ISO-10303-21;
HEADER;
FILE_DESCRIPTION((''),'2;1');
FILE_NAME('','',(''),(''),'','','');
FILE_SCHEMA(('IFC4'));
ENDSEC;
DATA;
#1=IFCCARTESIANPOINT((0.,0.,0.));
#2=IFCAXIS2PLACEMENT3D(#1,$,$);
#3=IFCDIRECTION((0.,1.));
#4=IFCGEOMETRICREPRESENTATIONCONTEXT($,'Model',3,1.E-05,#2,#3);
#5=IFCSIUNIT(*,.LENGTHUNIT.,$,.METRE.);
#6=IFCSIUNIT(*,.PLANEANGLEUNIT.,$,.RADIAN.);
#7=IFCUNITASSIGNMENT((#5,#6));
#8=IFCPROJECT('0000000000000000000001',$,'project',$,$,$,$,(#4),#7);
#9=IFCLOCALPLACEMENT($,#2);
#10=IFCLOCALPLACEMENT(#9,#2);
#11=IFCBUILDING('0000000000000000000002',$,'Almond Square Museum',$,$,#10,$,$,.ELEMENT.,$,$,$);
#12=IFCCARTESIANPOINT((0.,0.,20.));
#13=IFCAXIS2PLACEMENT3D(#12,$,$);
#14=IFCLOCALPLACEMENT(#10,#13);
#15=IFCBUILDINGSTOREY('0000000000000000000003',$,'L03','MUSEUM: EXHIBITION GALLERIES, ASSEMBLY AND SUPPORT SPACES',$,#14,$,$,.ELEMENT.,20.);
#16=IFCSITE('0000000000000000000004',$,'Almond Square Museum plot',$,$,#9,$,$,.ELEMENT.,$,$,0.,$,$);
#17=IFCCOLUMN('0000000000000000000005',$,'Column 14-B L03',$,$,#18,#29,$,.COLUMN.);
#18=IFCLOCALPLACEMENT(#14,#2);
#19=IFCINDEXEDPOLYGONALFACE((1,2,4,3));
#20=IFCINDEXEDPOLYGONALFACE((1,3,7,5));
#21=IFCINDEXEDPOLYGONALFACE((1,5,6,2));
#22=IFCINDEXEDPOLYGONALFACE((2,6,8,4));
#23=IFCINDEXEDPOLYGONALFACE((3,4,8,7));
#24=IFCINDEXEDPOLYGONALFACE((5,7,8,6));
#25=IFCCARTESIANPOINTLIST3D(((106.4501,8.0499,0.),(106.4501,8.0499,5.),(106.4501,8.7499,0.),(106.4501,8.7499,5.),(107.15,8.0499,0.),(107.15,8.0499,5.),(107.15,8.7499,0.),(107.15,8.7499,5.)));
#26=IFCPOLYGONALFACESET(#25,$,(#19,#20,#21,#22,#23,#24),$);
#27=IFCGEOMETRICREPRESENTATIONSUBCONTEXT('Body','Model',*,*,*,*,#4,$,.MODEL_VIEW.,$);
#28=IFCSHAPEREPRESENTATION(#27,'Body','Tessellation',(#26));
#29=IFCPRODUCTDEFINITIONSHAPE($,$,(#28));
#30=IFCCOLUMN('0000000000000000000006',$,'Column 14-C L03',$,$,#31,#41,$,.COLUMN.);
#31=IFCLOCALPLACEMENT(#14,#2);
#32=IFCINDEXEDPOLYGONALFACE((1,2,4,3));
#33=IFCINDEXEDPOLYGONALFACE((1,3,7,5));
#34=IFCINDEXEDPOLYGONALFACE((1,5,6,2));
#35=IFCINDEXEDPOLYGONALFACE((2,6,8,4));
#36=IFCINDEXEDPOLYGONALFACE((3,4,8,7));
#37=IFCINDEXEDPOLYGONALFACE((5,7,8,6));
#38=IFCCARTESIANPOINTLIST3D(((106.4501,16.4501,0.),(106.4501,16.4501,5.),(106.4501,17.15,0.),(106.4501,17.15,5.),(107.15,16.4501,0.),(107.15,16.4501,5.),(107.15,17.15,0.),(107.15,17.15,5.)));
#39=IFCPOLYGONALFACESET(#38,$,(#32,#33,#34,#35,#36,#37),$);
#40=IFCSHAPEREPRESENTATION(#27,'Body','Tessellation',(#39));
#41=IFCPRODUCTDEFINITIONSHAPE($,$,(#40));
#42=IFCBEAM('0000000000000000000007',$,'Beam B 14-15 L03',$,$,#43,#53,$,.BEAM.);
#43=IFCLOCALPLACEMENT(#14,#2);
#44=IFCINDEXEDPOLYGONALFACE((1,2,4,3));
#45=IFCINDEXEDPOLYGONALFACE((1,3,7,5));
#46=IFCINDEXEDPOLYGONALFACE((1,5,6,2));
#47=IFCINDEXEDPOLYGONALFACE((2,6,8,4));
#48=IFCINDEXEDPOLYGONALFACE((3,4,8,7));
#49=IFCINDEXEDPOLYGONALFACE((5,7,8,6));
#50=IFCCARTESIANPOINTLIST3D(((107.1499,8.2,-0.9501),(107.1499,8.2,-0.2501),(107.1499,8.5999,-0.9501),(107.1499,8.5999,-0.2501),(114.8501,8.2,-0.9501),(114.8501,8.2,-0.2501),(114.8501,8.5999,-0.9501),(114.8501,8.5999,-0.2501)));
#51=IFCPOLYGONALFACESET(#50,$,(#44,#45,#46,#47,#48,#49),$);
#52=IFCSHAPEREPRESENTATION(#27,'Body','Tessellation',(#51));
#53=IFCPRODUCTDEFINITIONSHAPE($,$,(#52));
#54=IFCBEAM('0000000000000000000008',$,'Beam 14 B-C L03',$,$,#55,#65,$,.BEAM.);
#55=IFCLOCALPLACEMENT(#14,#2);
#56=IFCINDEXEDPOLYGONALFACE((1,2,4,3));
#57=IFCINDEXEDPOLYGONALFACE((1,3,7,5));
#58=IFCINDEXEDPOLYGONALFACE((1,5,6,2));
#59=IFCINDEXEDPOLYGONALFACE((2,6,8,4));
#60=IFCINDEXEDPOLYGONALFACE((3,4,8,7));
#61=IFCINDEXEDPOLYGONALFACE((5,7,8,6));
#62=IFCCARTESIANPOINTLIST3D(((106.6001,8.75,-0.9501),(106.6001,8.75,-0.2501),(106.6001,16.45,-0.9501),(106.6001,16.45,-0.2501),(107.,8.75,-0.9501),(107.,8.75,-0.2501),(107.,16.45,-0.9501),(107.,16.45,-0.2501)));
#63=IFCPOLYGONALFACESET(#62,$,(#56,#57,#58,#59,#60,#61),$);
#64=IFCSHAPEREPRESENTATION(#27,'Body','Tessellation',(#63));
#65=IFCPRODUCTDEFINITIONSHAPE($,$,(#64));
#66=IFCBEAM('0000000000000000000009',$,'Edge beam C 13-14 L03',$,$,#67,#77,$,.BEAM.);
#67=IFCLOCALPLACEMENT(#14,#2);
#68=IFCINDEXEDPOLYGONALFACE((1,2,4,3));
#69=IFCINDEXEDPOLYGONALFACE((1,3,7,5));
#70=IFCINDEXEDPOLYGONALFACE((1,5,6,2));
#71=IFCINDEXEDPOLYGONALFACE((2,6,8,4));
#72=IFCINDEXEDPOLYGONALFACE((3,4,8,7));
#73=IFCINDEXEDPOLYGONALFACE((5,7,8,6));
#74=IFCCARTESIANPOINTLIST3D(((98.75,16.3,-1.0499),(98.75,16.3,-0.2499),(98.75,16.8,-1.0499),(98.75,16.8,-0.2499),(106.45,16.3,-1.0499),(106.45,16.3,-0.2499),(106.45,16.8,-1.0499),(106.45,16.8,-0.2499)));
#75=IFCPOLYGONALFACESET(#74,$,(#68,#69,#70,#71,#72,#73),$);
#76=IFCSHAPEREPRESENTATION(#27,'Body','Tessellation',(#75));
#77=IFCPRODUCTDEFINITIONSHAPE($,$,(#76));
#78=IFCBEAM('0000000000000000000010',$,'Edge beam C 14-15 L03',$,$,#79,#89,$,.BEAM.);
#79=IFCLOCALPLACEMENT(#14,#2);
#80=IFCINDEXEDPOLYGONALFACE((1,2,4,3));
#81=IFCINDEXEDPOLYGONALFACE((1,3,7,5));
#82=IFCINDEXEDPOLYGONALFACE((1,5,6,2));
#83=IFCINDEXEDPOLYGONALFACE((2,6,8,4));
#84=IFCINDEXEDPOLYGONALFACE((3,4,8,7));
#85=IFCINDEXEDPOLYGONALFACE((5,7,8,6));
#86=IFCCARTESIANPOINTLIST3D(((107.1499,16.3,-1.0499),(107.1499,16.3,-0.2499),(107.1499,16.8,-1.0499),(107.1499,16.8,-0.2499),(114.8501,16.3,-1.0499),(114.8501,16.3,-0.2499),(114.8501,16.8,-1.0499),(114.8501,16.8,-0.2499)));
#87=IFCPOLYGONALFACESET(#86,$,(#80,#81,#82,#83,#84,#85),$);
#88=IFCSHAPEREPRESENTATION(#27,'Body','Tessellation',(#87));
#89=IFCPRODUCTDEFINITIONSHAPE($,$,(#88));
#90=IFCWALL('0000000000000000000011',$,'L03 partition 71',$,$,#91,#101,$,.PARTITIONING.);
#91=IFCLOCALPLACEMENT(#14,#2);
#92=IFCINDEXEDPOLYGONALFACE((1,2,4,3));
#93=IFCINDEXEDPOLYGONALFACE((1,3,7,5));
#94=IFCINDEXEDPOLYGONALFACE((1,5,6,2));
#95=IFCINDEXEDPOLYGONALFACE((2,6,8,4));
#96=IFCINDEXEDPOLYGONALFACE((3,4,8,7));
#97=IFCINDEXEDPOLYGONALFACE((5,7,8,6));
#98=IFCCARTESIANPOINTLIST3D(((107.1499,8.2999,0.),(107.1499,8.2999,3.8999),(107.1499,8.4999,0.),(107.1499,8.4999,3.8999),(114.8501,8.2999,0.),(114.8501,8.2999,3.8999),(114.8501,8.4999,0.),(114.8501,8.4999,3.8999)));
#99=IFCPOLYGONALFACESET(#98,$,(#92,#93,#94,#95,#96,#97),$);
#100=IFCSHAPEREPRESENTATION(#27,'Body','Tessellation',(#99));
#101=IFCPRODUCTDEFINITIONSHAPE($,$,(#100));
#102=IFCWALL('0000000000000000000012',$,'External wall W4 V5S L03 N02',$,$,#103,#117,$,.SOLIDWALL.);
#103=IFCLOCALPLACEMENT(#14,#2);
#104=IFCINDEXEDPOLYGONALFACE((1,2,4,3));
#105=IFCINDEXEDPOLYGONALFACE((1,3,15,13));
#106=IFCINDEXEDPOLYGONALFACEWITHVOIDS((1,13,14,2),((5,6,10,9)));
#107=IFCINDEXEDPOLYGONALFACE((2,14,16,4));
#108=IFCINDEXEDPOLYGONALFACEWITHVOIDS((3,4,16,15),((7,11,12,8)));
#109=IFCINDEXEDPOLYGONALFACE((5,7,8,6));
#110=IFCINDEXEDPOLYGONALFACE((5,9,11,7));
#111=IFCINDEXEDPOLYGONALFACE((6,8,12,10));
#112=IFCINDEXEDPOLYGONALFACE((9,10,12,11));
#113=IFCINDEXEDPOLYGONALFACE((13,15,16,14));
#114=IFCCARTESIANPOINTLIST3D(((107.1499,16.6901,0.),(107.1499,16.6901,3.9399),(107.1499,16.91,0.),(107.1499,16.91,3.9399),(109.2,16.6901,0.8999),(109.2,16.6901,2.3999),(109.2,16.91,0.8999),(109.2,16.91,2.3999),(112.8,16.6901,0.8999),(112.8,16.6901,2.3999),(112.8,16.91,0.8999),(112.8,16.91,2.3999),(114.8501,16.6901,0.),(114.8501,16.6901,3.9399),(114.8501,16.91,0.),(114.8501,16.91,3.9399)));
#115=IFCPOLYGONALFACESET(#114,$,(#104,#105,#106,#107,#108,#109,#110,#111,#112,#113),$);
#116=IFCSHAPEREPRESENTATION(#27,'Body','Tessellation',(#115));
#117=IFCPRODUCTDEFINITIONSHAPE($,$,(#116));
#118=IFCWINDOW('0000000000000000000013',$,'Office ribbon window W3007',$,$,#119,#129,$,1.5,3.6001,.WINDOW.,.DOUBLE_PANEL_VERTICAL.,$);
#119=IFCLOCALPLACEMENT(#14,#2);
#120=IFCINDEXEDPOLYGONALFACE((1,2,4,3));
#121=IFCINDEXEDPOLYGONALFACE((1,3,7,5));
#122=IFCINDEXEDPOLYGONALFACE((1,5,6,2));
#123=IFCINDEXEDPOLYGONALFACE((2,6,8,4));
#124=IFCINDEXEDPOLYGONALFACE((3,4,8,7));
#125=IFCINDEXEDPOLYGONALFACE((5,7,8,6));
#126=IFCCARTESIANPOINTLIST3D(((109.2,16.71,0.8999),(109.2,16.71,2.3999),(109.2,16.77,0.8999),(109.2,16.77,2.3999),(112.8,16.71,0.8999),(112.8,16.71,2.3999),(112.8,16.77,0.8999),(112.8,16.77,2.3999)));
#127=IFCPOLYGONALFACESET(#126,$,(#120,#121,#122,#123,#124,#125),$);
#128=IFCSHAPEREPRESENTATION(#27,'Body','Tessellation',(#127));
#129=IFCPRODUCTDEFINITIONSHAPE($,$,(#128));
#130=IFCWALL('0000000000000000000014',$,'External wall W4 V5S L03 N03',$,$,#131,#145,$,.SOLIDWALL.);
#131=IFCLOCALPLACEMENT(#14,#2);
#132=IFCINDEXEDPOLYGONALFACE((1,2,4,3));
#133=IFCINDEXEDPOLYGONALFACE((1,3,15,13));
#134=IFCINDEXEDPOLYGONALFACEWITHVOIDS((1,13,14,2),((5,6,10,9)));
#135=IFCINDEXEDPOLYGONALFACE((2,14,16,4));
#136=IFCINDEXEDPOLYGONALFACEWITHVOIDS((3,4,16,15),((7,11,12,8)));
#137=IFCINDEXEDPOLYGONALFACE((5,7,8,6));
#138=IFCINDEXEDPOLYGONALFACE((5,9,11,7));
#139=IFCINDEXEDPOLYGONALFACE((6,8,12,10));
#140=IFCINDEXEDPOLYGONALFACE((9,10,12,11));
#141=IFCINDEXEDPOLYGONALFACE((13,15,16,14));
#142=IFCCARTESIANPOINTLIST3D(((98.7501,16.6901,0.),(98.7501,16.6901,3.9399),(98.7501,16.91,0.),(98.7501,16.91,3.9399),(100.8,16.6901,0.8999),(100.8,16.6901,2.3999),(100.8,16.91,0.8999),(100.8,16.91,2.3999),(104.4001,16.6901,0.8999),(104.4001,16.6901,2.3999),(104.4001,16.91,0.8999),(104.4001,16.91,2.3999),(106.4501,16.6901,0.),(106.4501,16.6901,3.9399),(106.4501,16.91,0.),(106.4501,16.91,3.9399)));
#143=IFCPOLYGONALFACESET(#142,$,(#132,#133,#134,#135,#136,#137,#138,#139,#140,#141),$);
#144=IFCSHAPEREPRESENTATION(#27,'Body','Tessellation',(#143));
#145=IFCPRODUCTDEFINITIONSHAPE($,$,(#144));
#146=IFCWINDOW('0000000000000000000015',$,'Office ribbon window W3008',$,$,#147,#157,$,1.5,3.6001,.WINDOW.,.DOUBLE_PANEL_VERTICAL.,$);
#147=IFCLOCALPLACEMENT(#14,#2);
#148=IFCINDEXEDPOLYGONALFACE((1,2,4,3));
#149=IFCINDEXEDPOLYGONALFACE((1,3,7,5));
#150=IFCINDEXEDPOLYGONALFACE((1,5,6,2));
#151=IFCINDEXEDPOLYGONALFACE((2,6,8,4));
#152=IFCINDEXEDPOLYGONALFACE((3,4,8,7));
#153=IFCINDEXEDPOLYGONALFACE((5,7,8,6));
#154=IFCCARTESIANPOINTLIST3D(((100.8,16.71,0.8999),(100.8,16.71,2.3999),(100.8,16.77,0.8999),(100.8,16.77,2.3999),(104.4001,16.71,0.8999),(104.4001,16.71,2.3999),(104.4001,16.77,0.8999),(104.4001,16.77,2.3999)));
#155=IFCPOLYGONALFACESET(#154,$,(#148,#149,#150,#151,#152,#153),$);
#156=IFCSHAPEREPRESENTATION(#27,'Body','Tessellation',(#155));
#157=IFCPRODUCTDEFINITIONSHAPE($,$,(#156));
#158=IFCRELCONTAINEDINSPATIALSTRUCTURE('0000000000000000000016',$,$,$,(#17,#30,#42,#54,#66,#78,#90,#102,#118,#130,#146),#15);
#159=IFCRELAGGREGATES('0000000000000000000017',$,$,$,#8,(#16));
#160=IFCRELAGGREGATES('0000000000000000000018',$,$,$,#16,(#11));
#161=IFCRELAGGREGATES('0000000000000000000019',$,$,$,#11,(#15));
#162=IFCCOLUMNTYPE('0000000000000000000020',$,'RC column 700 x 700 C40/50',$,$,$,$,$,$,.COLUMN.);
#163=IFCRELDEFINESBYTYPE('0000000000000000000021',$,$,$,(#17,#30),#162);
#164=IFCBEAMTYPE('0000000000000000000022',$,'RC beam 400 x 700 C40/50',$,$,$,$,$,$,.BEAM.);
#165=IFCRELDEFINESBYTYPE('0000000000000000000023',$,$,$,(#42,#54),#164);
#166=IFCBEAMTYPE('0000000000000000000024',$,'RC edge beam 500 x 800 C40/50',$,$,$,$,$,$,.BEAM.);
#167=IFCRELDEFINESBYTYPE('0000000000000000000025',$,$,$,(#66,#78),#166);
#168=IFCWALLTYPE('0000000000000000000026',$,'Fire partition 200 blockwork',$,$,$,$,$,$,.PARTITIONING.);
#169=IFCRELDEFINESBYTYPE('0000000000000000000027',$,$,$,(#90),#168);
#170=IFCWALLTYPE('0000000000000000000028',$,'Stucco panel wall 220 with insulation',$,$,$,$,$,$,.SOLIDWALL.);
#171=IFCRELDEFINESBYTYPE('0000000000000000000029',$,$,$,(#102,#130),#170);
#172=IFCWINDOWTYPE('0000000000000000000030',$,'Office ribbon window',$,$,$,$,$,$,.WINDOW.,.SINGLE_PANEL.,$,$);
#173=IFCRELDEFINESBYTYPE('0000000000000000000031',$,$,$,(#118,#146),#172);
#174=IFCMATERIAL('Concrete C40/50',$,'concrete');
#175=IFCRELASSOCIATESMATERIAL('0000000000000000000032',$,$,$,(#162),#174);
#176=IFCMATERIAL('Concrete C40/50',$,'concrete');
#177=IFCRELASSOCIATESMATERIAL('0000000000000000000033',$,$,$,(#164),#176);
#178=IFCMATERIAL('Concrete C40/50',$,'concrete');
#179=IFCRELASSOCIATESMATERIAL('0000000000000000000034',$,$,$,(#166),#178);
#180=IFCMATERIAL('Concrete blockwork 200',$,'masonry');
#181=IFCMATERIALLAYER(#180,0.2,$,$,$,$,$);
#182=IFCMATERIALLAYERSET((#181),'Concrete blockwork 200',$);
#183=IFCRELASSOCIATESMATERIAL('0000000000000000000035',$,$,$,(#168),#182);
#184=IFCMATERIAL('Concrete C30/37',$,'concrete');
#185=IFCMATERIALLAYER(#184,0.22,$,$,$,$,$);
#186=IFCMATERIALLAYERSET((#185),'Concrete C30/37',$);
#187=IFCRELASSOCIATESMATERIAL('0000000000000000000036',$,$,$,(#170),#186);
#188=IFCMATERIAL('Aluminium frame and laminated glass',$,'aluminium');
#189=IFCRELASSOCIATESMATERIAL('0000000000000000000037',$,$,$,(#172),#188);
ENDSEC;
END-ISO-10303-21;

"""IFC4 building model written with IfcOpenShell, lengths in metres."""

from ifc_helpers import new_model, si_unit, direction, frame, frame_2d, origin, origin_2d, place, context, subcontext, project, spatial, rectangle, extrude, material, layer, layer_set, material_profile, profile_set, type_object, element, fill, save


model = new_model("IFC4")

# Units and contexts
model_context = context("Model", 3, precision=1e-05, world=origin(), true_north=direction((0.0, 1.0)))
body_context = subcontext(model_context, "Body", "Model", "MODEL_VIEW")
ifc_project = project(units=[si_unit("LENGTHUNIT", "METRE"), si_unit("PLANEANGLEUNIT", "RADIAN")], contexts=[model_context])

# Site, building, storey
site_placement = place(None, origin())
site = spatial("IfcSite", under=ifc_project, at=site_placement, Name="Almond Square Museum plot", CompositionType="ELEMENT", RefElevation=0.0)
building_placement = place(site_placement, origin())
building = spatial("IfcBuilding", under=site, at=building_placement, Name="Almond Square Museum", CompositionType="ELEMENT")
storey_placement = place(building_placement, frame((0.0, 0.0, 20.0)))
storey = spatial("IfcBuildingStorey", under=building, at=storey_placement, Name="L03", Description="MUSEUM: EXHIBITION GALLERIES, ASSEMBLY AND SUPPORT SPACES", CompositionType="ELEMENT", Elevation=20.0)

# Columns
ifc_material_1 = material(Name="Concrete C40/50", Category="concrete")
ifc_material_profile_1 = material_profile(ifc_material_1, rectangle(XDim=0.7, YDim=0.7, at=origin_2d()))
ifc_profile_set_1 = profile_set([ifc_material_profile_1], Name="Concrete C40/50")
column_type = type_object("IfcColumnType", Name="RC column 700 x 700 C40/50", PredefinedType="COLUMN", material=ifc_profile_set_1)
for number, where, z_axis, x_axis, name in (
    (1, (106.8, 8.3999, 0.0), (0.0, 0.0, 1.0), (1.0, 0.0, 0.0), "Column 14-B L03"),
    (2, (106.8, 16.8, 0.0), (0.0, 0.0, 1.0), (1.0, 0.0, 0.0), "Column 14-C L03"),
):
    element("IfcColumn", number, at=place(storey_placement, frame(where, z_axis=z_axis, x_axis=x_axis)), inside=storey, type_object=column_type, Name=name, PredefinedType="COLUMN", context=body_context, shape_type="SweptSolid", body=[
        extrude(rectangle(XDim=0.7, YDim=0.7, at=origin_2d()), origin(), (0.0, 0.0, 1.0), 5.0),
    ])

# Beams
ifc_material_2 = material(Name="Concrete C40/50", Category="concrete")
ifc_material_profile_2 = material_profile(ifc_material_2, rectangle(XDim=0.3999, YDim=0.7, at=origin_2d()))
ifc_profile_set_2 = profile_set([ifc_material_profile_2], Name="Concrete C40/50")
beam_type_1 = type_object("IfcBeamType", Name="RC beam 400 x 700 C40/50", PredefinedType="BEAM", material=ifc_profile_set_2)
beam_1_placement = place(storey_placement, frame((107.1499, 8.3999, -0.6001), z_axis=(1.0, 0.0, 0.0), x_axis=(0.0, 1.0, 0.0)))
element("IfcBeam", 3, at=beam_1_placement, inside=storey, type_object=beam_type_1, Name="Beam B 14-15 L03", PredefinedType="BEAM", context=body_context, shape_type="SweptSolid", body=[
    extrude(rectangle(XDim=0.3999, YDim=0.7, at=origin_2d()), origin(), (0.0, 0.0, 1.0), 7.7002),
])
beam_2_placement = place(storey_placement, frame((106.8, 8.75, -0.6001), z_axis=(0.0, 1.0, 0.0), x_axis=(-1.0, 0.0, 0.0)))
element("IfcBeam", 4, at=beam_2_placement, inside=storey, type_object=beam_type_1, Name="Beam 14 B-C L03", PredefinedType="BEAM", context=body_context, shape_type="SweptSolid", body=[
    extrude(rectangle(XDim=0.3999, YDim=0.7, at=origin_2d()), origin(), (0.0, 0.0, 1.0), 7.7),
])
ifc_material_3 = material(Name="Concrete C40/50", Category="concrete")
ifc_material_profile_3 = material_profile(ifc_material_3, rectangle(XDim=0.5, YDim=0.8, at=origin_2d()))
ifc_profile_set_3 = profile_set([ifc_material_profile_3], Name="Concrete C40/50")
beam_type_2 = type_object("IfcBeamType", Name="RC edge beam 500 x 800 C40/50", PredefinedType="BEAM", material=ifc_profile_set_3)
beam_3_placement = place(storey_placement, frame((98.75, 16.55, -0.6499), z_axis=(1.0, 0.0, 0.0), x_axis=(0.0, 1.0, 0.0)))
element("IfcBeam", 5, at=beam_3_placement, inside=storey, type_object=beam_type_2, Name="Edge beam C 13-14 L03", PredefinedType="BEAM", context=body_context, shape_type="SweptSolid", body=[
    extrude(rectangle(XDim=0.5, YDim=0.8, at=origin_2d()), origin(), (0.0, 0.0, 1.0), 7.7),
])
beam_4_placement = place(storey_placement, frame((107.1499, 16.55, -0.6499), z_axis=(1.0, 0.0, 0.0), x_axis=(0.0, 1.0, 0.0)))
element("IfcBeam", 6, at=beam_4_placement, inside=storey, type_object=beam_type_2, Name="Edge beam C 14-15 L03", PredefinedType="BEAM", context=body_context, shape_type="SweptSolid", body=[
    extrude(rectangle(XDim=0.5, YDim=0.8, at=origin_2d()), origin(), (0.0, 0.0, 1.0), 7.7002),
])

# Wall
ifc_material_4 = material(Name="Concrete blockwork 200", Category="masonry")
ifc_layer_1 = layer(ifc_material_4, 0.2)
ifc_layer_set_1 = layer_set([ifc_layer_1], Name="Concrete blockwork 200")
wall_type_1 = type_object("IfcWallType", Name="Fire partition 200 blockwork", PredefinedType="PARTITIONING", material=ifc_layer_set_1)
wall_1_placement = place(storey_placement, frame((107.1499, 8.3999, 0.0), z_axis=(0.0, 0.0, 1.0), x_axis=(1.0, 0.0, 0.0)))
element("IfcWall", 7, at=wall_1_placement, inside=storey, type_object=wall_type_1, Name="L03 partition 71", PredefinedType="PARTITIONING", context=body_context, shape_type="SweptSolid", body=[
    extrude(rectangle(XDim=7.7002, YDim=0.2, at=frame_2d((3.8501, 0.0))), origin(), (0.0, 0.0, 1.0), 3.8999),
])

# Walls, openings, windows
ifc_material_5 = material(Name="Concrete C30/37", Category="concrete")
ifc_layer_2 = layer(ifc_material_5, 0.22)
ifc_layer_set_2 = layer_set([ifc_layer_2], Name="Concrete C30/37")
wall_type_2 = type_object("IfcWallType", Name="Stucco panel wall 220 with insulation", PredefinedType="SOLIDWALL", material=ifc_layer_set_2)
wall_2_placement = place(storey_placement, frame((107.1499, 16.8, 0.0), z_axis=(0.0, 0.0, 1.0), x_axis=(1.0, 0.0, 0.0)))
wall_2 = element("IfcWall", 8, at=wall_2_placement, inside=storey, type_object=wall_type_2, Name="External wall W4 V5S L03 N02", PredefinedType="SOLIDWALL", context=body_context, shape_type="SweptSolid", body=[
    extrude(rectangle(XDim=7.7002, YDim=0.22, at=frame_2d((3.8501, 0.0))), origin(), (0.0, 0.0, 1.0), 3.9399),
])
opening_1_placement = place(wall_2_placement, frame((2.05, 0.0, 0.8999)))
opening_1 = element("IfcOpeningElement", 9, at=opening_1_placement, cuts=wall_2, PredefinedType="OPENING", context=body_context, shape_type="SweptSolid", body=[
    extrude(rectangle(XDim=3.6001, YDim=1.5, at=frame_2d((1.8, 0.75))), frame((0.0, 0.1199, 0.0), z_axis=(0.0, -1.0, 0.0), x_axis=(1.0, 0.0, 0.0)), (0.0, 0.0, 1.0), 0.24),
])
ifc_material_6 = material(Name="Aluminium frame and laminated glass", Category="aluminium")
window_type = type_object("IfcWindowType", Name="Office ribbon window", PartitioningType="SINGLE_PANEL", PredefinedType="WINDOW", material=ifc_material_6)
window_1_placement = place(opening_1_placement, origin())
window_1 = element("IfcWindow", 10, at=window_1_placement, inside=storey, type_object=window_type, Name="Office ribbon window W3007", OverallHeight=1.5, OverallWidth=3.6001, PartitioningType="DOUBLE_PANEL_VERTICAL", PredefinedType="WINDOW", context=body_context, shape_type="SweptSolid", body=[
    extrude(rectangle(XDim=3.6001, YDim=1.5, at=frame_2d((1.8, 0.75))), frame((0.0, -0.03, 0.0), z_axis=(0.0, -1.0, 0.0), x_axis=(1.0, 0.0, 0.0)), (0.0, 0.0, 1.0), 0.0601),
])
fill(opening_1, window_1)
wall_3_placement = place(storey_placement, frame((98.75, 16.8, 0.0), z_axis=(0.0, 0.0, 1.0), x_axis=(1.0, 0.0, 0.0)))
wall_3 = element("IfcWall", 11, at=wall_3_placement, inside=storey, type_object=wall_type_2, Name="External wall W4 V5S L03 N03", PredefinedType="SOLIDWALL", context=body_context, shape_type="SweptSolid", body=[
    extrude(rectangle(XDim=7.7, YDim=0.22, at=frame_2d((3.8501, 0.0))), origin(), (0.0, 0.0, 1.0), 3.9399),
])
opening_2_placement = place(wall_3_placement, frame((2.05, 0.0, 0.8999)))
opening_2 = element("IfcOpeningElement", 12, at=opening_2_placement, cuts=wall_3, PredefinedType="OPENING", context=body_context, shape_type="SweptSolid", body=[
    extrude(rectangle(XDim=3.6001, YDim=1.5, at=frame_2d((1.8, 0.75))), frame((0.0, 0.1199, 0.0), z_axis=(0.0, -1.0, 0.0), x_axis=(1.0, 0.0, 0.0)), (0.0, 0.0, 1.0), 0.24),
])
window_2_placement = place(opening_2_placement, origin())
window_2 = element("IfcWindow", 13, at=window_2_placement, inside=storey, type_object=window_type, Name="Office ribbon window W3008", OverallHeight=1.5, OverallWidth=3.6001, PartitioningType="DOUBLE_PANEL_VERTICAL", PredefinedType="WINDOW", context=body_context, shape_type="SweptSolid", body=[
    extrude(rectangle(XDim=3.6001, YDim=1.5, at=frame_2d((1.8, 0.75))), frame((0.0, -0.03, 0.0), z_axis=(0.0, -1.0, 0.0), x_axis=(1.0, 0.0, 0.0)), (0.0, 0.0, 1.0), 0.0601),
])
fill(opening_2, window_2)

save(model, "model.ifc")
